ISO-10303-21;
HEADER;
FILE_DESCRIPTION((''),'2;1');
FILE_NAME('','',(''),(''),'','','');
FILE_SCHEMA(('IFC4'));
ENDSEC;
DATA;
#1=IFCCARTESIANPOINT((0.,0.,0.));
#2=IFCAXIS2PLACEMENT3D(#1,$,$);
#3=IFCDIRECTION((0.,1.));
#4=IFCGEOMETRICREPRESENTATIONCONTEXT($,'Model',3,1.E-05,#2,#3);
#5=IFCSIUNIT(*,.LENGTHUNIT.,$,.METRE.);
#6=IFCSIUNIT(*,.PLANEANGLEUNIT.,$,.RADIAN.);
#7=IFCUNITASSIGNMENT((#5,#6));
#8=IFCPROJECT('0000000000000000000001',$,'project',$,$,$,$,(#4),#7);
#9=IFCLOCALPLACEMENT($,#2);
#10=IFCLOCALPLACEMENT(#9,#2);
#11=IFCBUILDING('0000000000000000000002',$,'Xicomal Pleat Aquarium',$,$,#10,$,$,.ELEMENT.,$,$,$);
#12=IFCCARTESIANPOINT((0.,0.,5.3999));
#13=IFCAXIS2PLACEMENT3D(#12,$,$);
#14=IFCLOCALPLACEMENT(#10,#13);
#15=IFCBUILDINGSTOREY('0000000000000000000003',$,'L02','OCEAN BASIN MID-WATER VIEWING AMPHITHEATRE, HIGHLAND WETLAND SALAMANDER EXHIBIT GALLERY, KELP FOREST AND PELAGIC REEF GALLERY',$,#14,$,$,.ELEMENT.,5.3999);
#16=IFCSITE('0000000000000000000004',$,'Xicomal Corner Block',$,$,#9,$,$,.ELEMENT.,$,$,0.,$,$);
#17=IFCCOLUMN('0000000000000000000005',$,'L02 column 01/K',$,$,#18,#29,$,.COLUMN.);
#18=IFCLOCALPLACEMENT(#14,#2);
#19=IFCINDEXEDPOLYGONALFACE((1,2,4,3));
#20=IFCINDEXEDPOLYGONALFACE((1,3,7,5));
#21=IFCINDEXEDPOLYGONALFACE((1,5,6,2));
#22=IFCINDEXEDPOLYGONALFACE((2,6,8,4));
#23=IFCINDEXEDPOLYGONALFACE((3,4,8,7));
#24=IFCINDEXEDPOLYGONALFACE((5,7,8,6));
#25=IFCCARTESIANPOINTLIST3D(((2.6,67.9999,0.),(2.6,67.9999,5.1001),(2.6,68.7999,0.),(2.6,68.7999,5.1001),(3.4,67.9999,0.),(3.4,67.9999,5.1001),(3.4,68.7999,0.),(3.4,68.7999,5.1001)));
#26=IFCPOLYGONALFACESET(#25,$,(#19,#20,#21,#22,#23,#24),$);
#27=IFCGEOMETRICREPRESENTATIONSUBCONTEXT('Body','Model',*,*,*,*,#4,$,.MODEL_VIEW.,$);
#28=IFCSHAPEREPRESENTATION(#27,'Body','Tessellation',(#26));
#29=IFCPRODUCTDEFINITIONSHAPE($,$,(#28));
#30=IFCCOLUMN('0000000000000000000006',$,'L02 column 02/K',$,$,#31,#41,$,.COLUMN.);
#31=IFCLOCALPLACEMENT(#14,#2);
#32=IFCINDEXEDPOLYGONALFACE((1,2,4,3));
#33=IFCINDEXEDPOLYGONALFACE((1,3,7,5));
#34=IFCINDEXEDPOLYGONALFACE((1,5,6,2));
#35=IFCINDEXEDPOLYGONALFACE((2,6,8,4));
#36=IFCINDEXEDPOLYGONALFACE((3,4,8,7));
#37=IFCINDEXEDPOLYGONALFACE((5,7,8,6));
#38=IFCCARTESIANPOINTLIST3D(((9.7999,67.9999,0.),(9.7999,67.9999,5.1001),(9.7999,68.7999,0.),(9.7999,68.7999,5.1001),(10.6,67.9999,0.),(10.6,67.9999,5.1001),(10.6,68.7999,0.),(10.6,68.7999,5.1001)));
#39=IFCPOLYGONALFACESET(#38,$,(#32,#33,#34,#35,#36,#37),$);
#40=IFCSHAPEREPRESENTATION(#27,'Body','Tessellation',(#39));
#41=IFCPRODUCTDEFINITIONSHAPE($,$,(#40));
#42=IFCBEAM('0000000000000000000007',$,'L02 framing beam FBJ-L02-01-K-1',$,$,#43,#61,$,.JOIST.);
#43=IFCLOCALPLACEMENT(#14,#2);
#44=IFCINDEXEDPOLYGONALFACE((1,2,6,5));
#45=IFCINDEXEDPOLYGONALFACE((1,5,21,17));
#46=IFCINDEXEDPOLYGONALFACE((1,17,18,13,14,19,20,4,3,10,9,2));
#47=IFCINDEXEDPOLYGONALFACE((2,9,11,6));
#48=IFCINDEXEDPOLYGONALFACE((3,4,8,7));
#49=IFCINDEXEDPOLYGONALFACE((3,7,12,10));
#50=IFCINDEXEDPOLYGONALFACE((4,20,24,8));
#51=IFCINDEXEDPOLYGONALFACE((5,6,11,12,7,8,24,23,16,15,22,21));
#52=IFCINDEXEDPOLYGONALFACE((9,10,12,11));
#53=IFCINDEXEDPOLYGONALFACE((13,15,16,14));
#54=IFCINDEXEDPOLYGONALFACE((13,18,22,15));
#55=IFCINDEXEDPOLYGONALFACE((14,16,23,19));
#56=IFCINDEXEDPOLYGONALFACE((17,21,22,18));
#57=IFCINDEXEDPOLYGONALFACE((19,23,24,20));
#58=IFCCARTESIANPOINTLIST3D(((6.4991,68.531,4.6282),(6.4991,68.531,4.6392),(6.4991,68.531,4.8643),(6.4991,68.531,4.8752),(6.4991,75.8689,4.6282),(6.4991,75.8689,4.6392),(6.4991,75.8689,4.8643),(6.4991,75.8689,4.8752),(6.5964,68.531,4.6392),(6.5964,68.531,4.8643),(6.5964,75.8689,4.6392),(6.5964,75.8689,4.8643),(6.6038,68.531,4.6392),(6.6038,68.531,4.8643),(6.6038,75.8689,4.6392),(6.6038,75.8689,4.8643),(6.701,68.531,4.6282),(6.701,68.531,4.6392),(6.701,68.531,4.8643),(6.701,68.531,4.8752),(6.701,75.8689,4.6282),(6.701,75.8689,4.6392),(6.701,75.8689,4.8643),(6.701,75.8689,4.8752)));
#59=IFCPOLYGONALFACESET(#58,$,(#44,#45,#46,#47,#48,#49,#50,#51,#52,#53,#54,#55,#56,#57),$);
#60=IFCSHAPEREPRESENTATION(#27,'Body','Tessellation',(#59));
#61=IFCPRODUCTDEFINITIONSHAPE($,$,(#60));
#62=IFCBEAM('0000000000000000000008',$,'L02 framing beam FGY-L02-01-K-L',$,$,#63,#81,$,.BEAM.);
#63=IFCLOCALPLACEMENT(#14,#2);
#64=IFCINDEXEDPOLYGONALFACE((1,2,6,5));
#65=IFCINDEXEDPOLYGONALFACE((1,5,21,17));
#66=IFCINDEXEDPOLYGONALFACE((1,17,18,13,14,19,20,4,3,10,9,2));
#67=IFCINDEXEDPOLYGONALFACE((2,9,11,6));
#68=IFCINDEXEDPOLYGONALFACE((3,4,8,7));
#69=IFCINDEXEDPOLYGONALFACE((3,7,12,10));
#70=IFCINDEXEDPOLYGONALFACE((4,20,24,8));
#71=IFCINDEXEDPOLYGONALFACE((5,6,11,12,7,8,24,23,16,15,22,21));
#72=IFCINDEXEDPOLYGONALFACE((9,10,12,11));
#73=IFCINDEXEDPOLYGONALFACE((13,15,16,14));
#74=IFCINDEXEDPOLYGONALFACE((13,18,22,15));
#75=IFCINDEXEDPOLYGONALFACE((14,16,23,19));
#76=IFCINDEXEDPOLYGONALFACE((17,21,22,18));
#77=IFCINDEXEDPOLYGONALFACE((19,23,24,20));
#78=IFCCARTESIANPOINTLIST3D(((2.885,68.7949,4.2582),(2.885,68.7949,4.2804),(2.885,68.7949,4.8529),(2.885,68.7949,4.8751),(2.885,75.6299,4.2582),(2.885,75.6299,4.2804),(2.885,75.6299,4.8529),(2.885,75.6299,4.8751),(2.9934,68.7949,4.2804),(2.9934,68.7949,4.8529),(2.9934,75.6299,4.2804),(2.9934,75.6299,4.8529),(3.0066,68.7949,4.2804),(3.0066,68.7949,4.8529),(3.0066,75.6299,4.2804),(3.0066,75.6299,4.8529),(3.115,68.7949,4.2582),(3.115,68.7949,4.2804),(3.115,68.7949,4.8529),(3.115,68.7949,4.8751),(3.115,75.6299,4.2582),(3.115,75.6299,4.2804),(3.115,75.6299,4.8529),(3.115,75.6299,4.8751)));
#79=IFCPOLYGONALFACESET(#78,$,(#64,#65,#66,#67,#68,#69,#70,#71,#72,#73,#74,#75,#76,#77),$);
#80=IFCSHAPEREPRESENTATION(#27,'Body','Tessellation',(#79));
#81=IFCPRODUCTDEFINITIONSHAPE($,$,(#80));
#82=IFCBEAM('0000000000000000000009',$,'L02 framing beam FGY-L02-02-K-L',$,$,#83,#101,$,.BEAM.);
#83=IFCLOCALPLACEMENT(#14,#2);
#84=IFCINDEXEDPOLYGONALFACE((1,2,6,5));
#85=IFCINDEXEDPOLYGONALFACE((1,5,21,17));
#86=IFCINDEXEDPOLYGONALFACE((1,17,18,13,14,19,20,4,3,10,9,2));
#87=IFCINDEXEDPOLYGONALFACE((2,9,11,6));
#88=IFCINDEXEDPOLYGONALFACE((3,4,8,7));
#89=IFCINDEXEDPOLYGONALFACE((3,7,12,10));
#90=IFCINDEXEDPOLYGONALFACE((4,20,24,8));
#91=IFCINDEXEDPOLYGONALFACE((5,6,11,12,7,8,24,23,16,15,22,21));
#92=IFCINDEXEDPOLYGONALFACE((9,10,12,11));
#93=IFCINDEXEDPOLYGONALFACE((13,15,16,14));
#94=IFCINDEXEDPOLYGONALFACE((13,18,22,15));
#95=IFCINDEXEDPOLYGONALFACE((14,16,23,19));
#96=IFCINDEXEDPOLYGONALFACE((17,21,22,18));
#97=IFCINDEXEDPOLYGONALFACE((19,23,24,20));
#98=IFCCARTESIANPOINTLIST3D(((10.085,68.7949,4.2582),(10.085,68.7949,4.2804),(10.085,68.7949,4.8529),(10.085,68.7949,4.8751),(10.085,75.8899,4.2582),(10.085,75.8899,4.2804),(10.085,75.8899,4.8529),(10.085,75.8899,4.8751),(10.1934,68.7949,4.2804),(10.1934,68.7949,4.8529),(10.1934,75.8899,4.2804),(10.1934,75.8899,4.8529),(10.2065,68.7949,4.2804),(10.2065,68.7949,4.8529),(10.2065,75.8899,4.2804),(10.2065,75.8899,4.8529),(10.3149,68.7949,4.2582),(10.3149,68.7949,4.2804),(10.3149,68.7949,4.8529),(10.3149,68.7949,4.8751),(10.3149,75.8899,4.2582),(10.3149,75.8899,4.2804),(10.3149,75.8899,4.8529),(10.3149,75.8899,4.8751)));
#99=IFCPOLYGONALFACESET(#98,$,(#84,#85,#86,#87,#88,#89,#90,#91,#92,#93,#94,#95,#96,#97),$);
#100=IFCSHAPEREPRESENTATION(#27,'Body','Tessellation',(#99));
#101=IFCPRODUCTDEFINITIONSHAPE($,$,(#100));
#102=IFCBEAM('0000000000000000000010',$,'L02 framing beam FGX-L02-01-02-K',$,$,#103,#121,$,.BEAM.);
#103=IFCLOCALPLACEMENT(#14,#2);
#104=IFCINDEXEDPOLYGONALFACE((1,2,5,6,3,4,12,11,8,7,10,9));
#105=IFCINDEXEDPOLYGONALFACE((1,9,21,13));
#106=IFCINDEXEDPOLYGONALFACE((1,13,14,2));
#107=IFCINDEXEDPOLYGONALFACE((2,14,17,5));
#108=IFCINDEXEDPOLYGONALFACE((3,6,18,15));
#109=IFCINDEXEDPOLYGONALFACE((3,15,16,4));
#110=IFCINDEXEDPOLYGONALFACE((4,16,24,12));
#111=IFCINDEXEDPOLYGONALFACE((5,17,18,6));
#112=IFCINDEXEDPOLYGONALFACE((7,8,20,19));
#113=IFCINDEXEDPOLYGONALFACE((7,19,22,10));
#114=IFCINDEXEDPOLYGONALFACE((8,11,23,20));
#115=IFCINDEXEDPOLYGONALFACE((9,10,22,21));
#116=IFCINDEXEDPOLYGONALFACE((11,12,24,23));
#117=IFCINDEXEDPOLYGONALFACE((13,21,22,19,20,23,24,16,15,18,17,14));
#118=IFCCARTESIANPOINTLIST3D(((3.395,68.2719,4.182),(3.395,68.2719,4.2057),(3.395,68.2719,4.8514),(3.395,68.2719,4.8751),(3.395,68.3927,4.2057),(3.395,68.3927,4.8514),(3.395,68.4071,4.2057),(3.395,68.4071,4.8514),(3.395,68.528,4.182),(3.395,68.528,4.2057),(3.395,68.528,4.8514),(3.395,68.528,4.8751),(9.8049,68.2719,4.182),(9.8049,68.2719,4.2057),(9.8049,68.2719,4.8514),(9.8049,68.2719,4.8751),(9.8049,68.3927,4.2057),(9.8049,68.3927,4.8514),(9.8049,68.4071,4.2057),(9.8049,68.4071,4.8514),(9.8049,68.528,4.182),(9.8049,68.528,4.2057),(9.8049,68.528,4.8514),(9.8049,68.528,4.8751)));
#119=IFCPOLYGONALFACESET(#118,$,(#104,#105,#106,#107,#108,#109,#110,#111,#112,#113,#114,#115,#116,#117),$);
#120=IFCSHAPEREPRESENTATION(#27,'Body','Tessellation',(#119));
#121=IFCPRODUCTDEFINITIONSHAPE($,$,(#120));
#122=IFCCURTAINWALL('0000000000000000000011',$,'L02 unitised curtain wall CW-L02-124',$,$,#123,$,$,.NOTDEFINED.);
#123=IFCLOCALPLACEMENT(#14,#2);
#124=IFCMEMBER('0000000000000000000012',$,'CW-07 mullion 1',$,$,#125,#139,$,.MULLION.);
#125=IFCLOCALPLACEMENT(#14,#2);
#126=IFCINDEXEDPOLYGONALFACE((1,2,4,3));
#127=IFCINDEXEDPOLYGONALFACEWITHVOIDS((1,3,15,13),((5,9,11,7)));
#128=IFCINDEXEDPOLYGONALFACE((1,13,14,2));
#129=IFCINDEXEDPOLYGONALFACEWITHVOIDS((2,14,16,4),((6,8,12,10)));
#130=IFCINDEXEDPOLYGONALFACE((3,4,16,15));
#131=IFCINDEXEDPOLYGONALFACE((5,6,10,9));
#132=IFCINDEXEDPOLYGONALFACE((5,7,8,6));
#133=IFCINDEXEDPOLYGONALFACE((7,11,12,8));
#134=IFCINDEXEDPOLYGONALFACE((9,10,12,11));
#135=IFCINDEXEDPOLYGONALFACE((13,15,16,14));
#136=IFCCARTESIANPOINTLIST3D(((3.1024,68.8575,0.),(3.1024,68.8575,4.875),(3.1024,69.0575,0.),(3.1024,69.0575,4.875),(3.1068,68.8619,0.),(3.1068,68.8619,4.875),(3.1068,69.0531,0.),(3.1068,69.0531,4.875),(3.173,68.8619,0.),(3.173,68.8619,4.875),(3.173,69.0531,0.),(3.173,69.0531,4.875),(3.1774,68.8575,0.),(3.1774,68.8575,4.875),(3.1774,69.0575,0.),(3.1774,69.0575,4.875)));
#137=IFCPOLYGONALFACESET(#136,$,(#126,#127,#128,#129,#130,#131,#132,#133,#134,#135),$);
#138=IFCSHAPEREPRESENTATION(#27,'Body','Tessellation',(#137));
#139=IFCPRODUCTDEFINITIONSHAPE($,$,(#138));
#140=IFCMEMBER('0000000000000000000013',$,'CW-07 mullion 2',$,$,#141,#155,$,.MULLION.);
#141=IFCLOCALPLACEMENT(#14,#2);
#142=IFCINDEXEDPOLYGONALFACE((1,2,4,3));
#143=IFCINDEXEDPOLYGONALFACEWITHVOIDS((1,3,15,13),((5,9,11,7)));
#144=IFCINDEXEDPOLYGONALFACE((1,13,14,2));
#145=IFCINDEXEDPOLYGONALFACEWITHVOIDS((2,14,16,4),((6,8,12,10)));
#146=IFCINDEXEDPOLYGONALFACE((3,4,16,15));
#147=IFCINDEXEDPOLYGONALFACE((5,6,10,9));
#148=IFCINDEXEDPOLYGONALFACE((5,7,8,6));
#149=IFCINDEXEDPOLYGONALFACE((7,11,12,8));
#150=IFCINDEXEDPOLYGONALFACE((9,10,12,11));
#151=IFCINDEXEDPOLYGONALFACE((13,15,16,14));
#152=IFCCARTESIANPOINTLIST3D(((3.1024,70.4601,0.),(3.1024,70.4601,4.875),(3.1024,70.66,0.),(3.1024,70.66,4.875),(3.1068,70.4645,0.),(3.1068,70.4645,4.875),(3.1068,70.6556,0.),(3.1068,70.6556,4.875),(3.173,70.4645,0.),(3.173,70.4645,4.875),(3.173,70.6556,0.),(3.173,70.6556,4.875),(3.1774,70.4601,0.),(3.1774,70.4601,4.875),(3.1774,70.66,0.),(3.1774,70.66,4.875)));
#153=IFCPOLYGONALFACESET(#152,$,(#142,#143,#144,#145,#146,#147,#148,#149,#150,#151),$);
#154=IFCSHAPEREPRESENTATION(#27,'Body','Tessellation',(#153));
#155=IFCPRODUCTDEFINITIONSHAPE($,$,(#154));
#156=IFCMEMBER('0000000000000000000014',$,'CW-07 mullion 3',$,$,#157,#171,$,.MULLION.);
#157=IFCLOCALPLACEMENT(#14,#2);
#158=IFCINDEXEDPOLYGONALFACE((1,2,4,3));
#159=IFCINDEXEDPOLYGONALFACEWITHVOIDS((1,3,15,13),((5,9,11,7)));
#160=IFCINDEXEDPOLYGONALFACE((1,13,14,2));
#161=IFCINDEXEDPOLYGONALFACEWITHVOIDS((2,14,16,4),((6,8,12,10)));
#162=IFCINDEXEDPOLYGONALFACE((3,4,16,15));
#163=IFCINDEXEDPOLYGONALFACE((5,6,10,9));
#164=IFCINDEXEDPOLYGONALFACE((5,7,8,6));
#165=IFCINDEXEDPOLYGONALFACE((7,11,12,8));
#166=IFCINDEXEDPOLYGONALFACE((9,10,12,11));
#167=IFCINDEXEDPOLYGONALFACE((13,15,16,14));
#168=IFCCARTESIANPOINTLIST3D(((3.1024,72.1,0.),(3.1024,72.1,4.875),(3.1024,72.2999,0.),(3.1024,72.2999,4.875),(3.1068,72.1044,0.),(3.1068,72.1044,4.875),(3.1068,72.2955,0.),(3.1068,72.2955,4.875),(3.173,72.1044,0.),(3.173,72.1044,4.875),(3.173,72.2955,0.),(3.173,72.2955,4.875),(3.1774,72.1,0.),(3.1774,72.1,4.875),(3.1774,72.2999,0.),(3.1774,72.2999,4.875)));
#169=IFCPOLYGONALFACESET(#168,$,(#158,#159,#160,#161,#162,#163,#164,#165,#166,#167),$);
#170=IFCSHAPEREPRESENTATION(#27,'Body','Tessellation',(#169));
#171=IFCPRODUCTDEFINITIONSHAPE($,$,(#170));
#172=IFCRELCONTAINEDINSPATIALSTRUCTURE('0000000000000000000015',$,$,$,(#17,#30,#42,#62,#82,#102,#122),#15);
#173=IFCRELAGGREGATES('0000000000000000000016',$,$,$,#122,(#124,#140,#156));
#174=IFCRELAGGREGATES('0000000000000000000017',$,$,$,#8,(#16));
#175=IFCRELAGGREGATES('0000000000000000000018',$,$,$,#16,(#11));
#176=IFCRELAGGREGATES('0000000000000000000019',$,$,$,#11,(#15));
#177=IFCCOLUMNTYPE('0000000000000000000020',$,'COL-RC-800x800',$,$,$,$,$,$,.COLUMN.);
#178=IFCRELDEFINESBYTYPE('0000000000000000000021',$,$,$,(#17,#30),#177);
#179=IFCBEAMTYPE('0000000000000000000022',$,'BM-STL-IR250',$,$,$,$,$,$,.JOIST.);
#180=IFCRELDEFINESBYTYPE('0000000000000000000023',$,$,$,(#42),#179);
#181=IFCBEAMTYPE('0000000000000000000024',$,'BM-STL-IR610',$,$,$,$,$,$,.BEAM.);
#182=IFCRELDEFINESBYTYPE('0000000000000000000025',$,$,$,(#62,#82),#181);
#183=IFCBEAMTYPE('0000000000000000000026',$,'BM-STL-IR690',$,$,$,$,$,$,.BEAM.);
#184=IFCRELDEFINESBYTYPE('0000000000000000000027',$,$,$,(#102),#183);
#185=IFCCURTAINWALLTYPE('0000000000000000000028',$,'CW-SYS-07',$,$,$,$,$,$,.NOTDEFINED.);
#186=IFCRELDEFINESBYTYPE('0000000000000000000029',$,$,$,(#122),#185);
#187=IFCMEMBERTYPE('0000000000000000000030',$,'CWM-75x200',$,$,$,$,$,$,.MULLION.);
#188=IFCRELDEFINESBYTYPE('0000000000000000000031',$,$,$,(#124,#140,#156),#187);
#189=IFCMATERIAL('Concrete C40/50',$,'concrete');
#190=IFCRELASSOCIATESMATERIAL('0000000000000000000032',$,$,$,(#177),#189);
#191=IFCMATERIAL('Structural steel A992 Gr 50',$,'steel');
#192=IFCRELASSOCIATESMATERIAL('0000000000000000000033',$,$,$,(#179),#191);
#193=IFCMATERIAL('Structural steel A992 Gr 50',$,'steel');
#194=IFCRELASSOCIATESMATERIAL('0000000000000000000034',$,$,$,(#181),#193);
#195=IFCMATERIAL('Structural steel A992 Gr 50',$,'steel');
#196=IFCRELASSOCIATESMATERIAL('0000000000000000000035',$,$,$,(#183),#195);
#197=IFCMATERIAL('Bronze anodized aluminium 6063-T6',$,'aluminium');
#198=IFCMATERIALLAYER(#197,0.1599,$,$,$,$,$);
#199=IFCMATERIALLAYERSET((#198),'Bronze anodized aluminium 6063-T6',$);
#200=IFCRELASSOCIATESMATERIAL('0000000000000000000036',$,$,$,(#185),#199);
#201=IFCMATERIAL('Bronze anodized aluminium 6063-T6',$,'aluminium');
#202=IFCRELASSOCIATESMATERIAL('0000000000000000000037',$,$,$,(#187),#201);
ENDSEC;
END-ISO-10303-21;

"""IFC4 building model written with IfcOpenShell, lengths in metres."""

from ifc_helpers import new_model, si_unit, direction, frame, origin, origin_2d, place, context, subcontext, project, spatial, rectangle, hollow_rectangle, i_section, extrude, material, layer, layer_set, material_profile, profile_set, type_object, element, aggregate, save


model = new_model("IFC4")

# Units and contexts
model_context = context("Model", 3, precision=1e-05, world=origin(), true_north=direction((0.0, 1.0)))
body_context = subcontext(model_context, "Body", "Model", "MODEL_VIEW")
ifc_project = project(units=[si_unit("LENGTHUNIT", "METRE"), si_unit("PLANEANGLEUNIT", "RADIAN")], contexts=[model_context])

# Site, building, storey
site_placement = place(None, origin())
site = spatial("IfcSite", under=ifc_project, at=site_placement, Name="Xicomal Corner Block", CompositionType="ELEMENT", RefElevation=0.0)
building_placement = place(site_placement, origin())
building = spatial("IfcBuilding", under=site, at=building_placement, Name="Xicomal Pleat Aquarium", CompositionType="ELEMENT")
storey_placement = place(building_placement, frame((0.0, 0.0, 5.3999)))
storey = spatial("IfcBuildingStorey", under=building, at=storey_placement, Name="L02", Description="OCEAN BASIN MID-WATER VIEWING AMPHITHEATRE, HIGHLAND WETLAND SALAMANDER EXHIBIT GALLERY, KELP FOREST AND PELAGIC REEF GALLERY", CompositionType="ELEMENT", Elevation=5.3999)

# Columns
ifc_material_1 = material(Name="Concrete C40/50", Category="concrete")
ifc_material_profile_1 = material_profile(ifc_material_1, rectangle(XDim=0.8, YDim=0.8, at=origin_2d()), Name="RC 800x800")
ifc_profile_set_1 = profile_set([ifc_material_profile_1], Name="Concrete C40/50")
column_type = type_object("IfcColumnType", Name="COL-RC-800x800", PredefinedType="COLUMN", material=ifc_profile_set_1)
for number, where, z_axis, x_axis, name in (
    (1, (3.0, 68.3999, 0.0), (0.0, 0.0, 1.0), (1.0, 0.0, 0.0), "L02 column 01/K"),
    (2, (10.2, 68.3999, 0.0), (0.0, 0.0, 1.0), (1.0, 0.0, 0.0), "L02 column 02/K"),
):
    element("IfcColumn", number, at=place(storey_placement, frame(where, z_axis=z_axis, x_axis=x_axis)), inside=storey, type_object=column_type, Name=name, PredefinedType="COLUMN", context=body_context, shape_type="SweptSolid", body=[
        extrude(rectangle(XDim=0.8, YDim=0.8, at=origin_2d()), origin(), (0.0, 0.0, 1.0), 5.1001),
    ])

# Beams
ifc_material_2 = material(Name="Structural steel A992 Gr 50", Category="steel")
ifc_material_profile_2 = material_profile(ifc_material_2, i_section(OverallWidth=0.2019, OverallDepth=0.2471, WebThickness=0.0073, FlangeThickness=0.011, at=origin_2d()), Name="IR 250x49")
ifc_profile_set_2 = profile_set([ifc_material_profile_2], Name="Structural steel A992 Gr 50")
beam_type_1 = type_object("IfcBeamType", Name="BM-STL-IR250", PredefinedType="JOIST", material=ifc_profile_set_2)
beam_1_placement = place(storey_placement, frame((6.6001, 68.531, 4.7517), z_axis=(0.0, 1.0, 0.0), x_axis=(-1.0, 0.0, 0.0)))
element("IfcBeam", 3, at=beam_1_placement, inside=storey, type_object=beam_type_1, Name="L02 framing beam FBJ-L02-01-K-1", PredefinedType="JOIST", context=body_context, shape_type="SweptSolid", body=[
    extrude(i_section(OverallWidth=0.2019, OverallDepth=0.2471, WebThickness=0.0073, FlangeThickness=0.011, at=origin_2d()), origin(), (0.0, 0.0, 1.0), 7.3379),
])
ifc_material_3 = material(Name="Structural steel A992 Gr 50", Category="steel")
ifc_material_profile_3 = material_profile(ifc_material_3, i_section(OverallWidth=0.23, OverallDepth=0.6169, WebThickness=0.0132, FlangeThickness=0.0222, at=origin_2d()), Name="IR 610x140")
ifc_profile_set_3 = profile_set([ifc_material_profile_3], Name="Structural steel A992 Gr 50")
beam_type_2 = type_object("IfcBeamType", Name="BM-STL-IR610", PredefinedType="BEAM", material=ifc_profile_set_3)
beam_2_placement = place(storey_placement, frame((3.0, 68.7949, 4.5667), z_axis=(0.0, 1.0, 0.0), x_axis=(-1.0, 0.0, 0.0)))
element("IfcBeam", 4, at=beam_2_placement, inside=storey, type_object=beam_type_2, Name="L02 framing beam FGY-L02-01-K-L", PredefinedType="BEAM", context=body_context, shape_type="SweptSolid", body=[
    extrude(i_section(OverallWidth=0.23, OverallDepth=0.6169, WebThickness=0.0132, FlangeThickness=0.0222, at=origin_2d()), origin(), (0.0, 0.0, 1.0), 6.835),
])
beam_3_placement = place(storey_placement, frame((10.2, 68.7949, 4.5667), z_axis=(0.0, 1.0, 0.0), x_axis=(-1.0, 0.0, 0.0)))
element("IfcBeam", 5, at=beam_3_placement, inside=storey, type_object=beam_type_2, Name="L02 framing beam FGY-L02-02-K-L", PredefinedType="BEAM", context=body_context, shape_type="SweptSolid", body=[
    extrude(i_section(OverallWidth=0.23, OverallDepth=0.6169, WebThickness=0.0132, FlangeThickness=0.0222, at=origin_2d()), origin(), (0.0, 0.0, 1.0), 7.095),
])
ifc_material_4 = material(Name="Structural steel A992 Gr 50", Category="steel")
ifc_material_profile_4 = material_profile(ifc_material_4, i_section(OverallWidth=0.2561, OverallDepth=0.6931, WebThickness=0.0144, FlangeThickness=0.0237, at=origin_2d()), Name="IR 690x170")
ifc_profile_set_4 = profile_set([ifc_material_profile_4], Name="Structural steel A992 Gr 50")
beam_type_3 = type_object("IfcBeamType", Name="BM-STL-IR690", PredefinedType="BEAM", material=ifc_profile_set_4)
beam_4_placement = place(storey_placement, frame((3.395, 68.3999, 4.5286), z_axis=(1.0, 0.0, 0.0), x_axis=(0.0, 1.0, 0.0)))
element("IfcBeam", 6, at=beam_4_placement, inside=storey, type_object=beam_type_3, Name="L02 framing beam FGX-L02-01-02-K", PredefinedType="BEAM", context=body_context, shape_type="SweptSolid", body=[
    extrude(i_section(OverallWidth=0.2561, OverallDepth=0.6931, WebThickness=0.0144, FlangeThickness=0.0237, at=origin_2d()), origin(), (0.0, 0.0, 1.0), 6.4099),
])

# Curtain wall, members
ifc_material_5 = material(Name="Bronze anodized aluminium 6063-T6", Category="aluminium")
ifc_layer_1 = layer(ifc_material_5, 0.1599)
ifc_layer_set_1 = layer_set([ifc_layer_1], Name="Bronze anodized aluminium 6063-T6")
curtain_wall_type = type_object("IfcCurtainWallType", Name="CW-SYS-07", PredefinedType="NOTDEFINED", material=ifc_layer_set_1)
curtain_wall_placement = place(storey_placement, origin())
curtain_wall = element("IfcCurtainWall", 7, at=curtain_wall_placement, inside=storey, type_object=curtain_wall_type, Name="L02 unitised curtain wall CW-L02-124", PredefinedType="NOTDEFINED")
ifc_material_6 = material(Name="Bronze anodized aluminium 6063-T6", Category="aluminium")
ifc_material_profile_5 = material_profile(ifc_material_6, hollow_rectangle(XDim=0.075, YDim=0.2, WallThickness=0.0044, at=origin_2d()), Name="ALU MULL 75x200")
ifc_profile_set_5 = profile_set([ifc_material_profile_5], Name="Bronze anodized aluminium 6063-T6")
member_type_1 = type_object("IfcMemberType", Name="CWM-75x200", PredefinedType="MULLION", material=ifc_profile_set_5)
member_1_placement = place(storey_placement, frame((3.1399, 68.9575, 0.0), z_axis=(0.0, 0.0, 1.0), x_axis=(-1.0, 0.0, 0.0)))
member_1 = element("IfcMember", 8, at=member_1_placement, type_object=member_type_1, Name="CW-07 mullion 1", PredefinedType="MULLION", context=body_context, shape_type="SweptSolid", body=[
    extrude(hollow_rectangle(XDim=0.075, YDim=0.2, WallThickness=0.0044, at=origin_2d()), origin(), (0.0, 0.0, 1.0), 4.875),
])
member_2_placement = place(storey_placement, frame((3.1399, 70.5601, 0.0), z_axis=(0.0, 0.0, 1.0), x_axis=(-1.0, 0.0, 0.0)))
member_2 = element("IfcMember", 9, at=member_2_placement, type_object=member_type_1, Name="CW-07 mullion 2", PredefinedType="MULLION", context=body_context, shape_type="SweptSolid", body=[
    extrude(hollow_rectangle(XDim=0.075, YDim=0.2, WallThickness=0.0044, at=origin_2d()), origin(), (0.0, 0.0, 1.0), 4.875),
])
member_3_placement = place(storey_placement, frame((3.1399, 72.2, 0.0), z_axis=(0.0, 0.0, 1.0), x_axis=(-1.0, 0.0, 0.0)))
member_3 = element("IfcMember", 10, at=member_3_placement, type_object=member_type_1, Name="CW-07 mullion 3", PredefinedType="MULLION", context=body_context, shape_type="SweptSolid", body=[
    extrude(hollow_rectangle(XDim=0.075, YDim=0.2, WallThickness=0.0044, at=origin_2d()), origin(), (0.0, 0.0, 1.0), 4.875),
])
aggregate(curtain_wall, [member_1, member_2, member_3])

save(model, "model.ifc")
